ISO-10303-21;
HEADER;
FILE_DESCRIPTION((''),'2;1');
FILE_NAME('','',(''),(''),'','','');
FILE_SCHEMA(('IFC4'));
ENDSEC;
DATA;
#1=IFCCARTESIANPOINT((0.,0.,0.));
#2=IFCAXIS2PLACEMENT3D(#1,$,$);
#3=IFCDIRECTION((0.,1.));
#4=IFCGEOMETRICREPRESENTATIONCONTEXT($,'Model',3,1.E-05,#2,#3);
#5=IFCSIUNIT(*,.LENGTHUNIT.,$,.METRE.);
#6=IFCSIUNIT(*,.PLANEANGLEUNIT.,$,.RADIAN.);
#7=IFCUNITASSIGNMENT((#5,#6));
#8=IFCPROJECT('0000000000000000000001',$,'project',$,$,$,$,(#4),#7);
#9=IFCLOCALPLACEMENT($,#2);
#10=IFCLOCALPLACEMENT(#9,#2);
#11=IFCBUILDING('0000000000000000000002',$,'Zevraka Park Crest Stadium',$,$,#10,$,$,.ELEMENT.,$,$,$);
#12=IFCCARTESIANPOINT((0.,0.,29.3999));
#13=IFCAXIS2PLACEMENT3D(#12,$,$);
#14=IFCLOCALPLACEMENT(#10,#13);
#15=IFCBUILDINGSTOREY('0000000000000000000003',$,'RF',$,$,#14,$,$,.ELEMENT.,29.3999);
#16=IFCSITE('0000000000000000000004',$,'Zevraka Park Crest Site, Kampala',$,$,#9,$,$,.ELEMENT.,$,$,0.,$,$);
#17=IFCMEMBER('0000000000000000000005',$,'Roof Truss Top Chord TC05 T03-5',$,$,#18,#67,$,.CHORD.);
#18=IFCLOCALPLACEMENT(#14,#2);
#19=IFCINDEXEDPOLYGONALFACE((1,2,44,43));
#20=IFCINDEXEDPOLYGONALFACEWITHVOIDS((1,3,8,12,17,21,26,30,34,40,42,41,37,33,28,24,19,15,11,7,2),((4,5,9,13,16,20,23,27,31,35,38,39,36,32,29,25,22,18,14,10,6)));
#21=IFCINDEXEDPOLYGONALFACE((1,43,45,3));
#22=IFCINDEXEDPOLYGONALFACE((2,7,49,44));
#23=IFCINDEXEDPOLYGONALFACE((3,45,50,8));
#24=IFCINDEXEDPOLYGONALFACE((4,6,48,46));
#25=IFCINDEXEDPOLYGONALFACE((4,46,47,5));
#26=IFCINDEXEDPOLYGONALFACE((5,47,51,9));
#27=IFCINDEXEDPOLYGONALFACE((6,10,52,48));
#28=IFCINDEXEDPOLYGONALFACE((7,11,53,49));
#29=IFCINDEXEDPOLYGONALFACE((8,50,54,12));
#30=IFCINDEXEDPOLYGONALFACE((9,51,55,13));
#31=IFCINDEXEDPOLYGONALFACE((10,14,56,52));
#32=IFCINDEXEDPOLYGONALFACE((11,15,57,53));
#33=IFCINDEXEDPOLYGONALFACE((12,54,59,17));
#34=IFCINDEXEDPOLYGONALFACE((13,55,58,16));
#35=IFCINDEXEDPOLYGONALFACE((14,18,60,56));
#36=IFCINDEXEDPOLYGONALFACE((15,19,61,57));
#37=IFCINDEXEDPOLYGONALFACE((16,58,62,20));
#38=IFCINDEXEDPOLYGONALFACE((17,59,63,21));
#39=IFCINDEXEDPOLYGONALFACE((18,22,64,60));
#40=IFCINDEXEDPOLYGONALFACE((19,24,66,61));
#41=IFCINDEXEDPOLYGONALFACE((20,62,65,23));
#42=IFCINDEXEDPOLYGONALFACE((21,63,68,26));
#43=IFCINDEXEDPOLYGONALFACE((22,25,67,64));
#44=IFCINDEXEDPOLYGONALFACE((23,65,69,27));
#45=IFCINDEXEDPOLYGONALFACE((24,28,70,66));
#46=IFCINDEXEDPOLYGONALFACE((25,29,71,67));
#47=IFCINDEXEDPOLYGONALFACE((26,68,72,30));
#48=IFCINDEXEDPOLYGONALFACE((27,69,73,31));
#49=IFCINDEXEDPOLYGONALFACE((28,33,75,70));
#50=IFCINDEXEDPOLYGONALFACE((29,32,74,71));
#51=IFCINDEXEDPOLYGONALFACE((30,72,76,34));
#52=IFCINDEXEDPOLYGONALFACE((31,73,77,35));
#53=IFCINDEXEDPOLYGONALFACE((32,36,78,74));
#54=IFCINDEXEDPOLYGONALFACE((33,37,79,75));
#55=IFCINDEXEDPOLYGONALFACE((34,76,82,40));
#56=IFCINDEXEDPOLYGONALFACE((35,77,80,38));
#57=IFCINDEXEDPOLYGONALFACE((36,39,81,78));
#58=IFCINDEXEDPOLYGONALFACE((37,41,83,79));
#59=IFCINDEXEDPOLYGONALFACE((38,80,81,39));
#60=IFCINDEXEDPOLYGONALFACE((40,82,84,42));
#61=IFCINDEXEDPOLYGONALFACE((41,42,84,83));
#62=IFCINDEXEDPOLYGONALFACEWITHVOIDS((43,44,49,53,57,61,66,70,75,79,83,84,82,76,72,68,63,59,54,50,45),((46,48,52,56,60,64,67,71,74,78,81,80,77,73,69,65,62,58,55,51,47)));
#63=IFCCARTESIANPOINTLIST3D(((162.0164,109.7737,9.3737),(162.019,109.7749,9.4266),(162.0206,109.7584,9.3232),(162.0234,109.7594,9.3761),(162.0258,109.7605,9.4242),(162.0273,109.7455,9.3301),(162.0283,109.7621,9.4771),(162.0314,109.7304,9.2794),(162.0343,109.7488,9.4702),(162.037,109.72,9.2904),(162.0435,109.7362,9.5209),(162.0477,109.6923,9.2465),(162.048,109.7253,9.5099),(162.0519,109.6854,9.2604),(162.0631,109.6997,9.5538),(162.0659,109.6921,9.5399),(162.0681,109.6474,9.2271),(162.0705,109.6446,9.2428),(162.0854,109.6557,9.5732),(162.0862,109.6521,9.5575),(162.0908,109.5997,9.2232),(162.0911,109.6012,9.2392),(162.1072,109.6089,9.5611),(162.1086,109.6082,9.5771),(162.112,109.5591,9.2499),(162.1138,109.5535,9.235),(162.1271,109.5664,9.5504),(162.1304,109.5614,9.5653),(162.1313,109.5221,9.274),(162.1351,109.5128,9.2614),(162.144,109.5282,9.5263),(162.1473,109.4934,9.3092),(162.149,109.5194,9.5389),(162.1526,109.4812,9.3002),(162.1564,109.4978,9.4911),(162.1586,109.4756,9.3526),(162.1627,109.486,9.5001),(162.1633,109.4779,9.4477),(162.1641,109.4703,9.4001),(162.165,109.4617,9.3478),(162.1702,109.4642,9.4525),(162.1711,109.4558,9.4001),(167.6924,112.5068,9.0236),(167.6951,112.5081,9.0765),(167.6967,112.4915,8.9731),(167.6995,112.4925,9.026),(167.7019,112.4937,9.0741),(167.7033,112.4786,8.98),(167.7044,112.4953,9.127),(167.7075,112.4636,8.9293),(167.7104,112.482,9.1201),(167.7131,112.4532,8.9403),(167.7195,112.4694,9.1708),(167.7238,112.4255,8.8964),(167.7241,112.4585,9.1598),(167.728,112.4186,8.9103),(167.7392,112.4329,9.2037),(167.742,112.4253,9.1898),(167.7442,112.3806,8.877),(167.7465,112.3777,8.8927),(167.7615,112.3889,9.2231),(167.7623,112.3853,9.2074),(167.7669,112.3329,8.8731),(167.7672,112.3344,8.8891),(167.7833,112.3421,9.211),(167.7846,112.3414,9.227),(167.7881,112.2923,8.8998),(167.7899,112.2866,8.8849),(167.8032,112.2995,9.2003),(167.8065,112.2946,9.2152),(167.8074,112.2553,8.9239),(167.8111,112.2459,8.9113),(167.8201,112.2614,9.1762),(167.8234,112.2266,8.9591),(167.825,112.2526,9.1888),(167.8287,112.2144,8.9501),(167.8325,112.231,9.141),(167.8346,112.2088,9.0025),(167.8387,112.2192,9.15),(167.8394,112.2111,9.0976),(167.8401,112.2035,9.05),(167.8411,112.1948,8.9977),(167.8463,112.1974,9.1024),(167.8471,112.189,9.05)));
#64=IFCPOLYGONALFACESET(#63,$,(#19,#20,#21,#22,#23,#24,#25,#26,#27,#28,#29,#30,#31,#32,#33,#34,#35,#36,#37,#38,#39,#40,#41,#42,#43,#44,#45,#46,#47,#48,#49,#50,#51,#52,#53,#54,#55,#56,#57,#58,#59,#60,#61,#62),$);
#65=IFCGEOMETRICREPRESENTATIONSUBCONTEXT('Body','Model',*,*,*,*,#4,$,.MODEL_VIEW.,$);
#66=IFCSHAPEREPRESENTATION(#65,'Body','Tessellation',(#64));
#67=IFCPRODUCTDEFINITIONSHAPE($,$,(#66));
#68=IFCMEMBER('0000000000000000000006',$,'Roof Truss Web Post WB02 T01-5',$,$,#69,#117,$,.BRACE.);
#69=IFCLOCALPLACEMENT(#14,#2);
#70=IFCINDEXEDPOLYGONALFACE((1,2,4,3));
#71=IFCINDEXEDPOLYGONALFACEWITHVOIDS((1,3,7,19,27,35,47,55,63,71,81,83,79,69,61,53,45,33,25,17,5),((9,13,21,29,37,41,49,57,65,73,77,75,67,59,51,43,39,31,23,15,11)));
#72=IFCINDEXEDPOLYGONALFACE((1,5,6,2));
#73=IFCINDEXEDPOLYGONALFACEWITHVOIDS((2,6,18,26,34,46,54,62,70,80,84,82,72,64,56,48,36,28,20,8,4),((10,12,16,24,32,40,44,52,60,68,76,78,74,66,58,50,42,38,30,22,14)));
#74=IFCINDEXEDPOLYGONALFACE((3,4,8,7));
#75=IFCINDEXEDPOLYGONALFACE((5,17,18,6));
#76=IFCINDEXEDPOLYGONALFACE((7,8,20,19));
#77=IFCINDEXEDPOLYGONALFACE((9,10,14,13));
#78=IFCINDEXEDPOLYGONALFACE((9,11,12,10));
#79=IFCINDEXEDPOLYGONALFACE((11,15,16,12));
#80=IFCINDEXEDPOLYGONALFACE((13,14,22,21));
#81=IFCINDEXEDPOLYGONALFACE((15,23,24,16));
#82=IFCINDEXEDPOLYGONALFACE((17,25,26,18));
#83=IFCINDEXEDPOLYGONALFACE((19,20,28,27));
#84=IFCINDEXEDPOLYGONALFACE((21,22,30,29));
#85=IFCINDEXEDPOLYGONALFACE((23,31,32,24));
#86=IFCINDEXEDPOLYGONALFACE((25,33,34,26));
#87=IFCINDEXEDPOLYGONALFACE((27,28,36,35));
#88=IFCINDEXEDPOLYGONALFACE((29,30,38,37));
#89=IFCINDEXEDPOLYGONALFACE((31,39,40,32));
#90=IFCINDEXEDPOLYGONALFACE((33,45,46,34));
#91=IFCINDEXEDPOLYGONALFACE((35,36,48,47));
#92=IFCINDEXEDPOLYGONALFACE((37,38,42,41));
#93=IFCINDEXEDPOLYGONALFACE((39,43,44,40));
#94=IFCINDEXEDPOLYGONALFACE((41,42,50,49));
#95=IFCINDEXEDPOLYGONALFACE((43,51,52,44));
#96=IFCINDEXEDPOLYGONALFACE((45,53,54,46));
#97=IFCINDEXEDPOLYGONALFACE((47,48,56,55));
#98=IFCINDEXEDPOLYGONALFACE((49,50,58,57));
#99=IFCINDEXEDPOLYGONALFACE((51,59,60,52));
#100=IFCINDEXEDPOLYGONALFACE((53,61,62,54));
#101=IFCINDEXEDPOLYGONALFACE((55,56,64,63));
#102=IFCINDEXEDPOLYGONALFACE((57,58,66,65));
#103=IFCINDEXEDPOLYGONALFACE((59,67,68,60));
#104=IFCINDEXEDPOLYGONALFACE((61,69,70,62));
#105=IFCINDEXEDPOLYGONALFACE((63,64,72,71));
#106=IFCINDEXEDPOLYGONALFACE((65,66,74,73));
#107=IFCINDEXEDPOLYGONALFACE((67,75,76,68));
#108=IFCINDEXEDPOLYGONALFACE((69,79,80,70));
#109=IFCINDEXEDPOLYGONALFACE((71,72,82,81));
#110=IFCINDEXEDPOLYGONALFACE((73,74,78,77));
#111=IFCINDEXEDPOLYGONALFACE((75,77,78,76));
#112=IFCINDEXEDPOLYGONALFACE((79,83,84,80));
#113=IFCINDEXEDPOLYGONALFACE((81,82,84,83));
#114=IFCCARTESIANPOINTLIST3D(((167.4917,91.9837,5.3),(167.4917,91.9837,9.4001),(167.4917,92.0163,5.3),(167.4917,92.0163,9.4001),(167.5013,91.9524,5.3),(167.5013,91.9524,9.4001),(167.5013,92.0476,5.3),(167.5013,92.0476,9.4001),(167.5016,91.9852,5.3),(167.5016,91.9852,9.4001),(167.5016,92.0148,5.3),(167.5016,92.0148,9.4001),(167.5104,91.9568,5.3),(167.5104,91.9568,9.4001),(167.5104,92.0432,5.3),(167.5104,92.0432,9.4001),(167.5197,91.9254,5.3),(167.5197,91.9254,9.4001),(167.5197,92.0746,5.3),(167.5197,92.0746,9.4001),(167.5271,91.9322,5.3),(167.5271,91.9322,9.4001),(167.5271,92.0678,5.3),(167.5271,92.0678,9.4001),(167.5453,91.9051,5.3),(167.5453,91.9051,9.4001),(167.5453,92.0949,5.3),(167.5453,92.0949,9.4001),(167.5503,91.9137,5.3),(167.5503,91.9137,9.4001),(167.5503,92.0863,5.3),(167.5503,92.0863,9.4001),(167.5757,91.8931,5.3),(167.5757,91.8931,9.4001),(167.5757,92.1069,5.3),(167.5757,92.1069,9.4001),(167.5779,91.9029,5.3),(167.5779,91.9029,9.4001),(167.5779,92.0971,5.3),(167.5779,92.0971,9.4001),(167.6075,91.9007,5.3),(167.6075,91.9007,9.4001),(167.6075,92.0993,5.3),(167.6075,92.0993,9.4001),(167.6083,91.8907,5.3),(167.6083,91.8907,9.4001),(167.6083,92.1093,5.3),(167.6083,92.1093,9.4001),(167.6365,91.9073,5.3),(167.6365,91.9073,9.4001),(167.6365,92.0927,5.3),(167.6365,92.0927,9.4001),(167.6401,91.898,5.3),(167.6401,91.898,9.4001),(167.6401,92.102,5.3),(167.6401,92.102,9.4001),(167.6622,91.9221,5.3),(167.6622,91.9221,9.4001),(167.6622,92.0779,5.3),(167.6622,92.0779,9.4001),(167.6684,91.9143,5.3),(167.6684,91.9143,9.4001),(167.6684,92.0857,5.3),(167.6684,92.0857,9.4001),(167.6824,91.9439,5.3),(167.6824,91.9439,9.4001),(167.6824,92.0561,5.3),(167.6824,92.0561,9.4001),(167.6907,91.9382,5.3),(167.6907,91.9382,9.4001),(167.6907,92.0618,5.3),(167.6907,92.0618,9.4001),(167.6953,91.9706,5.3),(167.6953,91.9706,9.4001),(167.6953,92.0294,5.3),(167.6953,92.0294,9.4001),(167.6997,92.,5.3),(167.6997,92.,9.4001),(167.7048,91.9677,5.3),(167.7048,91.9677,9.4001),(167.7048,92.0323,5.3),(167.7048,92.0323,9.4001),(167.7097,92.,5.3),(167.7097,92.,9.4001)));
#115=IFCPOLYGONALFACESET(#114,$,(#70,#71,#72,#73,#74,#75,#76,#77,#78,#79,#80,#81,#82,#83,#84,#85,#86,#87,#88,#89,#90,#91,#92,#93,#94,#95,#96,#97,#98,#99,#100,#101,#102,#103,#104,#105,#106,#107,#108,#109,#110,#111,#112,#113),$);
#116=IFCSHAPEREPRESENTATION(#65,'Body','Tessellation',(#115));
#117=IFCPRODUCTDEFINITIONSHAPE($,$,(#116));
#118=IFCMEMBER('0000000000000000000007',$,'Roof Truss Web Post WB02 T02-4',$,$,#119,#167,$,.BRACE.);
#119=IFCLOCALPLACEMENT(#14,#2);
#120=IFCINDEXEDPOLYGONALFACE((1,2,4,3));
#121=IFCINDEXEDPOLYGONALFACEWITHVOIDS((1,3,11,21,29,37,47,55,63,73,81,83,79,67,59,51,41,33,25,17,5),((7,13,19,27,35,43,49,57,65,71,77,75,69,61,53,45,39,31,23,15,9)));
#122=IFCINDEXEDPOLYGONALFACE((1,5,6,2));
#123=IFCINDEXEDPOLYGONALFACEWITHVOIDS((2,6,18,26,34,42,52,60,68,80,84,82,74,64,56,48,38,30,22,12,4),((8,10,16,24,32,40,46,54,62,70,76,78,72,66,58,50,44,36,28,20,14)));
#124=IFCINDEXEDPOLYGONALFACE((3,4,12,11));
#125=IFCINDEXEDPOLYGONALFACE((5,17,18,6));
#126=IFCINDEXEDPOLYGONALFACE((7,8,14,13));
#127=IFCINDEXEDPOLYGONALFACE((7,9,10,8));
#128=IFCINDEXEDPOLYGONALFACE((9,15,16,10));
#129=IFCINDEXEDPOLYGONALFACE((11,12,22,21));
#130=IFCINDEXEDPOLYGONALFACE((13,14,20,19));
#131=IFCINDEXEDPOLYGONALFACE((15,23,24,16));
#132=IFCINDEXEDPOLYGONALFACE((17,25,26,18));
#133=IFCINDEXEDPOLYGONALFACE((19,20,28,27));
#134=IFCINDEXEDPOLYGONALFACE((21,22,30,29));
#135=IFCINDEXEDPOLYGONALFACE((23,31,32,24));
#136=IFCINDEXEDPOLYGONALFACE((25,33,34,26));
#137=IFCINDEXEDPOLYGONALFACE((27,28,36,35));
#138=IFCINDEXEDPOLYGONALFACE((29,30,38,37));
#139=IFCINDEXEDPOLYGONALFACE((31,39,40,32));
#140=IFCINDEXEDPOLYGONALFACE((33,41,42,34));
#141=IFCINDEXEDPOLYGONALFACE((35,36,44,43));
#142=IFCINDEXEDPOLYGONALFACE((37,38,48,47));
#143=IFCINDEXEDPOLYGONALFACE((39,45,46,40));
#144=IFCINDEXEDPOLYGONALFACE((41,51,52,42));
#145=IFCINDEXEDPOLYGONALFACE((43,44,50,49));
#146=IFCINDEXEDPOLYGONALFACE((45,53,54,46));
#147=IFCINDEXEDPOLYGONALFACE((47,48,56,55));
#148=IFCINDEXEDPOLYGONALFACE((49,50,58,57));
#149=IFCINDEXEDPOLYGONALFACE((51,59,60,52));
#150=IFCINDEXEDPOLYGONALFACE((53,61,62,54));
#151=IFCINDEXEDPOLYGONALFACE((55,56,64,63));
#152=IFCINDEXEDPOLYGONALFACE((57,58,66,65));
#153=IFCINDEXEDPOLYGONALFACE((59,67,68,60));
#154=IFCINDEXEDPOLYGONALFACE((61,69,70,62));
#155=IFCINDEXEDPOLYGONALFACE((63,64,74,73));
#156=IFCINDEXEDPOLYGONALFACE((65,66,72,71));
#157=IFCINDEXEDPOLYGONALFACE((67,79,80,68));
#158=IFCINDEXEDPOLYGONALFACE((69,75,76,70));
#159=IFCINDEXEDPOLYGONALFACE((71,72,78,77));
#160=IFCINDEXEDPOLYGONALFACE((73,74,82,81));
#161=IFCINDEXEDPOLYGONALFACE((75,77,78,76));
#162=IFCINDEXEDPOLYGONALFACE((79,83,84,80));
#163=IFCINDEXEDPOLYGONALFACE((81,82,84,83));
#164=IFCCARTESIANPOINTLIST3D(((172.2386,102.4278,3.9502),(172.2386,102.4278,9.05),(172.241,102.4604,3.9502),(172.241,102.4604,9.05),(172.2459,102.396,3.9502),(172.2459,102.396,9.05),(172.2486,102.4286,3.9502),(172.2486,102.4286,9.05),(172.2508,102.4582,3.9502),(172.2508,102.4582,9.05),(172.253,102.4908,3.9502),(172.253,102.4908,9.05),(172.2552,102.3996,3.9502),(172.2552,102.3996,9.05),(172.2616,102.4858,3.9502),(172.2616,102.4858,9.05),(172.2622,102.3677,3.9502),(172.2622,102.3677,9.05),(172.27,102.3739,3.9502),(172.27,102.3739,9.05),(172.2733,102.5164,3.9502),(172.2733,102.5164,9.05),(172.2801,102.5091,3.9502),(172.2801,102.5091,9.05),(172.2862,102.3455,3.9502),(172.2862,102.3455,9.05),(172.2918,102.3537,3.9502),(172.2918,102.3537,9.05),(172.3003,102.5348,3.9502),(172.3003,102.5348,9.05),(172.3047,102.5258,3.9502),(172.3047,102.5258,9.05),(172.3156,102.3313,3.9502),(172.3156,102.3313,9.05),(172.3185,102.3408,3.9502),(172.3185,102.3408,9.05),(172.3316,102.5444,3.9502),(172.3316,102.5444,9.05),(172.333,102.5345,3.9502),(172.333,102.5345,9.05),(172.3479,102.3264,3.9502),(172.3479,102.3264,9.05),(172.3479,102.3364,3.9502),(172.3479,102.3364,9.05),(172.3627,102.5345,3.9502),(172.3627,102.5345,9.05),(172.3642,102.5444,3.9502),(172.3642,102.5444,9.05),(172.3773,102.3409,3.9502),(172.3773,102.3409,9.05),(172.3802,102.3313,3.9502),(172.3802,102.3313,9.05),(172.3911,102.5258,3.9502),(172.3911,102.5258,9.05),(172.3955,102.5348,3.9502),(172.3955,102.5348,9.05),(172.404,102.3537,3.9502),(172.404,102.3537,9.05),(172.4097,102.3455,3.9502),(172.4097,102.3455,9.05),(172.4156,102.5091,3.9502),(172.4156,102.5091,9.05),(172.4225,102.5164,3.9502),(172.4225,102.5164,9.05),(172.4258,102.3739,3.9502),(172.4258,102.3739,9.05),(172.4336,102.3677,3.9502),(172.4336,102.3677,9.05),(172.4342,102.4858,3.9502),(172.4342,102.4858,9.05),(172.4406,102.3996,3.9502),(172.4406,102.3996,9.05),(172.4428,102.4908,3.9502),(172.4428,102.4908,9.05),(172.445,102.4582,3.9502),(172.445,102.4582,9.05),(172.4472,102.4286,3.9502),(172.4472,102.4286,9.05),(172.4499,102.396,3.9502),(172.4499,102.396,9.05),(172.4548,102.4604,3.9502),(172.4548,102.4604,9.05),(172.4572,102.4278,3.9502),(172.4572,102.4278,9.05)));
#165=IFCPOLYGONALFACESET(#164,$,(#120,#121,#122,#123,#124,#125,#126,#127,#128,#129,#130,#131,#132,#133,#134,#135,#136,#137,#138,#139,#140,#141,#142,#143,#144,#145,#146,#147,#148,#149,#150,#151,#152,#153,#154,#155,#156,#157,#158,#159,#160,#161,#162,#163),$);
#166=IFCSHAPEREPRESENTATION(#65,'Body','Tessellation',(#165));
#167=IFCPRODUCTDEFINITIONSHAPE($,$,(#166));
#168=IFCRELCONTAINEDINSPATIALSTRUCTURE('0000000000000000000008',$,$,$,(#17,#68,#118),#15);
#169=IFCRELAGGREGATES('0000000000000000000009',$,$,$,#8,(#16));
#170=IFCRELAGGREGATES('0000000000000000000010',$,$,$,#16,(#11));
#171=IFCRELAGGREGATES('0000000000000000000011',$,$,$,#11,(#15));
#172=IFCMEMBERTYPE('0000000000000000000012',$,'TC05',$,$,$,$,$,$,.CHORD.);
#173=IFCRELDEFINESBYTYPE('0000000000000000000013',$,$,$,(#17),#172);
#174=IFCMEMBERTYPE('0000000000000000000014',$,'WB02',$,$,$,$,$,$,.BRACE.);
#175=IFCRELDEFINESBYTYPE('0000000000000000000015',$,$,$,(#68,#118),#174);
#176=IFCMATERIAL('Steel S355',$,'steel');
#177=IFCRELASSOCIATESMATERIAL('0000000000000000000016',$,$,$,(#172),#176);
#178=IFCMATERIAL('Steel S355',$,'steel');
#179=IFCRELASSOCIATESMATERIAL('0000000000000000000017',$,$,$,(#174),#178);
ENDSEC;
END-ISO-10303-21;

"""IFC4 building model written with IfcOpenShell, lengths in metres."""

from ifc_helpers import new_model, si_unit, direction, frame, origin, origin_2d, place, context, subcontext, project, spatial, hollow_circle, extrude, material, material_profile, profile_set, type_object, element, save


model = new_model("IFC4")

# Units and contexts
model_context = context("Model", 3, precision=1e-05, world=origin(), true_north=direction((0.0, 1.0)))
body_context = subcontext(model_context, "Body", "Model", "MODEL_VIEW")
ifc_project = project(units=[si_unit("LENGTHUNIT", "METRE"), si_unit("PLANEANGLEUNIT", "RADIAN")], contexts=[model_context])

# Site, building, storey
site_placement = place(None, origin())
site = spatial("IfcSite", under=ifc_project, at=site_placement, Name="Zevraka Park Crest Site, Kampala", CompositionType="ELEMENT", RefElevation=0.0)
building_placement = place(site_placement, origin())
building = spatial("IfcBuilding", under=site, at=building_placement, Name="Zevraka Park Crest Stadium", CompositionType="ELEMENT")
storey_placement = place(building_placement, frame((0.0, 0.0, 29.3999)))
storey = spatial("IfcBuildingStorey", under=building, at=storey_placement, Name="RF", CompositionType="ELEMENT", Elevation=29.3999)

# Members
ifc_material_1 = material(Name="Steel S355", Category="steel")
ifc_material_profile_1 = material_profile(ifc_material_1, hollow_circle(Radius=0.1777, WallThickness=0.0161, at=origin_2d()), Name="CHS 355.6x16")
ifc_profile_set_1 = profile_set([ifc_material_profile_1], Name="Steel S355")
member_type_1 = type_object("IfcMemberType", Name="TC05", PredefinedType="CHORD", material=ifc_profile_set_1)
for number, where, z_axis, x_axis, name in (
    (1, (167.77, 112.3491, 9.05), (-0.899598, -0.43318, 0.055487), (0.433848, -0.900986, 0.0), "Roof Truss Top Chord TC05 T03-5"),
):
    element("IfcMember", number, at=place(storey_placement, frame(where, z_axis=z_axis, x_axis=x_axis)), inside=storey, type_object=member_type_1, Name=name, PredefinedType="CHORD", context=body_context, shape_type="SweptSolid", body=[
        extrude(hollow_circle(Radius=0.1777, WallThickness=0.0161, at=origin_2d()), origin(), (0.0, 0.0, 1.0), 6.3096),
    ])
ifc_material_2 = material(Name="Steel S355", Category="steel")
ifc_material_profile_2 = material_profile(ifc_material_2, hollow_circle(Radius=0.1096, WallThickness=0.01, at=origin_2d()), Name="CHS 219.1x10")
ifc_profile_set_2 = profile_set([ifc_material_profile_2], Name="Steel S355")
member_type_2 = type_object("IfcMemberType", Name="WB02", PredefinedType="BRACE", material=ifc_profile_set_2)
member_1_placement = place(storey_placement, frame((167.6001, 92.0, 5.3), z_axis=(0.0, 0.0, 1.0), x_axis=(1.0, 0.0, 0.0)))
element("IfcMember", 2, at=member_1_placement, inside=storey, type_object=member_type_2, Name="Roof Truss Web Post WB02 T01-5", PredefinedType="BRACE", context=body_context, shape_type="SweptSolid", body=[
    extrude(hollow_circle(Radius=0.1096, WallThickness=0.01, at=origin_2d()), origin(), (0.0, 0.0, 1.0), 4.1001),
])
member_2_placement = place(storey_placement, frame((172.3479, 102.436, 3.9502), z_axis=(0.0, 0.0, 1.0), x_axis=(0.974917, 0.22257, 0.0)))
element("IfcMember", 3, at=member_2_placement, inside=storey, type_object=member_type_2, Name="Roof Truss Web Post WB02 T02-4", PredefinedType="BRACE", context=body_context, shape_type="SweptSolid", body=[
    extrude(hollow_circle(Radius=0.1096, WallThickness=0.01, at=origin_2d()), origin(), (0.0, 0.0, 1.0), 5.0999),
])

save(model, "model.ifc")
